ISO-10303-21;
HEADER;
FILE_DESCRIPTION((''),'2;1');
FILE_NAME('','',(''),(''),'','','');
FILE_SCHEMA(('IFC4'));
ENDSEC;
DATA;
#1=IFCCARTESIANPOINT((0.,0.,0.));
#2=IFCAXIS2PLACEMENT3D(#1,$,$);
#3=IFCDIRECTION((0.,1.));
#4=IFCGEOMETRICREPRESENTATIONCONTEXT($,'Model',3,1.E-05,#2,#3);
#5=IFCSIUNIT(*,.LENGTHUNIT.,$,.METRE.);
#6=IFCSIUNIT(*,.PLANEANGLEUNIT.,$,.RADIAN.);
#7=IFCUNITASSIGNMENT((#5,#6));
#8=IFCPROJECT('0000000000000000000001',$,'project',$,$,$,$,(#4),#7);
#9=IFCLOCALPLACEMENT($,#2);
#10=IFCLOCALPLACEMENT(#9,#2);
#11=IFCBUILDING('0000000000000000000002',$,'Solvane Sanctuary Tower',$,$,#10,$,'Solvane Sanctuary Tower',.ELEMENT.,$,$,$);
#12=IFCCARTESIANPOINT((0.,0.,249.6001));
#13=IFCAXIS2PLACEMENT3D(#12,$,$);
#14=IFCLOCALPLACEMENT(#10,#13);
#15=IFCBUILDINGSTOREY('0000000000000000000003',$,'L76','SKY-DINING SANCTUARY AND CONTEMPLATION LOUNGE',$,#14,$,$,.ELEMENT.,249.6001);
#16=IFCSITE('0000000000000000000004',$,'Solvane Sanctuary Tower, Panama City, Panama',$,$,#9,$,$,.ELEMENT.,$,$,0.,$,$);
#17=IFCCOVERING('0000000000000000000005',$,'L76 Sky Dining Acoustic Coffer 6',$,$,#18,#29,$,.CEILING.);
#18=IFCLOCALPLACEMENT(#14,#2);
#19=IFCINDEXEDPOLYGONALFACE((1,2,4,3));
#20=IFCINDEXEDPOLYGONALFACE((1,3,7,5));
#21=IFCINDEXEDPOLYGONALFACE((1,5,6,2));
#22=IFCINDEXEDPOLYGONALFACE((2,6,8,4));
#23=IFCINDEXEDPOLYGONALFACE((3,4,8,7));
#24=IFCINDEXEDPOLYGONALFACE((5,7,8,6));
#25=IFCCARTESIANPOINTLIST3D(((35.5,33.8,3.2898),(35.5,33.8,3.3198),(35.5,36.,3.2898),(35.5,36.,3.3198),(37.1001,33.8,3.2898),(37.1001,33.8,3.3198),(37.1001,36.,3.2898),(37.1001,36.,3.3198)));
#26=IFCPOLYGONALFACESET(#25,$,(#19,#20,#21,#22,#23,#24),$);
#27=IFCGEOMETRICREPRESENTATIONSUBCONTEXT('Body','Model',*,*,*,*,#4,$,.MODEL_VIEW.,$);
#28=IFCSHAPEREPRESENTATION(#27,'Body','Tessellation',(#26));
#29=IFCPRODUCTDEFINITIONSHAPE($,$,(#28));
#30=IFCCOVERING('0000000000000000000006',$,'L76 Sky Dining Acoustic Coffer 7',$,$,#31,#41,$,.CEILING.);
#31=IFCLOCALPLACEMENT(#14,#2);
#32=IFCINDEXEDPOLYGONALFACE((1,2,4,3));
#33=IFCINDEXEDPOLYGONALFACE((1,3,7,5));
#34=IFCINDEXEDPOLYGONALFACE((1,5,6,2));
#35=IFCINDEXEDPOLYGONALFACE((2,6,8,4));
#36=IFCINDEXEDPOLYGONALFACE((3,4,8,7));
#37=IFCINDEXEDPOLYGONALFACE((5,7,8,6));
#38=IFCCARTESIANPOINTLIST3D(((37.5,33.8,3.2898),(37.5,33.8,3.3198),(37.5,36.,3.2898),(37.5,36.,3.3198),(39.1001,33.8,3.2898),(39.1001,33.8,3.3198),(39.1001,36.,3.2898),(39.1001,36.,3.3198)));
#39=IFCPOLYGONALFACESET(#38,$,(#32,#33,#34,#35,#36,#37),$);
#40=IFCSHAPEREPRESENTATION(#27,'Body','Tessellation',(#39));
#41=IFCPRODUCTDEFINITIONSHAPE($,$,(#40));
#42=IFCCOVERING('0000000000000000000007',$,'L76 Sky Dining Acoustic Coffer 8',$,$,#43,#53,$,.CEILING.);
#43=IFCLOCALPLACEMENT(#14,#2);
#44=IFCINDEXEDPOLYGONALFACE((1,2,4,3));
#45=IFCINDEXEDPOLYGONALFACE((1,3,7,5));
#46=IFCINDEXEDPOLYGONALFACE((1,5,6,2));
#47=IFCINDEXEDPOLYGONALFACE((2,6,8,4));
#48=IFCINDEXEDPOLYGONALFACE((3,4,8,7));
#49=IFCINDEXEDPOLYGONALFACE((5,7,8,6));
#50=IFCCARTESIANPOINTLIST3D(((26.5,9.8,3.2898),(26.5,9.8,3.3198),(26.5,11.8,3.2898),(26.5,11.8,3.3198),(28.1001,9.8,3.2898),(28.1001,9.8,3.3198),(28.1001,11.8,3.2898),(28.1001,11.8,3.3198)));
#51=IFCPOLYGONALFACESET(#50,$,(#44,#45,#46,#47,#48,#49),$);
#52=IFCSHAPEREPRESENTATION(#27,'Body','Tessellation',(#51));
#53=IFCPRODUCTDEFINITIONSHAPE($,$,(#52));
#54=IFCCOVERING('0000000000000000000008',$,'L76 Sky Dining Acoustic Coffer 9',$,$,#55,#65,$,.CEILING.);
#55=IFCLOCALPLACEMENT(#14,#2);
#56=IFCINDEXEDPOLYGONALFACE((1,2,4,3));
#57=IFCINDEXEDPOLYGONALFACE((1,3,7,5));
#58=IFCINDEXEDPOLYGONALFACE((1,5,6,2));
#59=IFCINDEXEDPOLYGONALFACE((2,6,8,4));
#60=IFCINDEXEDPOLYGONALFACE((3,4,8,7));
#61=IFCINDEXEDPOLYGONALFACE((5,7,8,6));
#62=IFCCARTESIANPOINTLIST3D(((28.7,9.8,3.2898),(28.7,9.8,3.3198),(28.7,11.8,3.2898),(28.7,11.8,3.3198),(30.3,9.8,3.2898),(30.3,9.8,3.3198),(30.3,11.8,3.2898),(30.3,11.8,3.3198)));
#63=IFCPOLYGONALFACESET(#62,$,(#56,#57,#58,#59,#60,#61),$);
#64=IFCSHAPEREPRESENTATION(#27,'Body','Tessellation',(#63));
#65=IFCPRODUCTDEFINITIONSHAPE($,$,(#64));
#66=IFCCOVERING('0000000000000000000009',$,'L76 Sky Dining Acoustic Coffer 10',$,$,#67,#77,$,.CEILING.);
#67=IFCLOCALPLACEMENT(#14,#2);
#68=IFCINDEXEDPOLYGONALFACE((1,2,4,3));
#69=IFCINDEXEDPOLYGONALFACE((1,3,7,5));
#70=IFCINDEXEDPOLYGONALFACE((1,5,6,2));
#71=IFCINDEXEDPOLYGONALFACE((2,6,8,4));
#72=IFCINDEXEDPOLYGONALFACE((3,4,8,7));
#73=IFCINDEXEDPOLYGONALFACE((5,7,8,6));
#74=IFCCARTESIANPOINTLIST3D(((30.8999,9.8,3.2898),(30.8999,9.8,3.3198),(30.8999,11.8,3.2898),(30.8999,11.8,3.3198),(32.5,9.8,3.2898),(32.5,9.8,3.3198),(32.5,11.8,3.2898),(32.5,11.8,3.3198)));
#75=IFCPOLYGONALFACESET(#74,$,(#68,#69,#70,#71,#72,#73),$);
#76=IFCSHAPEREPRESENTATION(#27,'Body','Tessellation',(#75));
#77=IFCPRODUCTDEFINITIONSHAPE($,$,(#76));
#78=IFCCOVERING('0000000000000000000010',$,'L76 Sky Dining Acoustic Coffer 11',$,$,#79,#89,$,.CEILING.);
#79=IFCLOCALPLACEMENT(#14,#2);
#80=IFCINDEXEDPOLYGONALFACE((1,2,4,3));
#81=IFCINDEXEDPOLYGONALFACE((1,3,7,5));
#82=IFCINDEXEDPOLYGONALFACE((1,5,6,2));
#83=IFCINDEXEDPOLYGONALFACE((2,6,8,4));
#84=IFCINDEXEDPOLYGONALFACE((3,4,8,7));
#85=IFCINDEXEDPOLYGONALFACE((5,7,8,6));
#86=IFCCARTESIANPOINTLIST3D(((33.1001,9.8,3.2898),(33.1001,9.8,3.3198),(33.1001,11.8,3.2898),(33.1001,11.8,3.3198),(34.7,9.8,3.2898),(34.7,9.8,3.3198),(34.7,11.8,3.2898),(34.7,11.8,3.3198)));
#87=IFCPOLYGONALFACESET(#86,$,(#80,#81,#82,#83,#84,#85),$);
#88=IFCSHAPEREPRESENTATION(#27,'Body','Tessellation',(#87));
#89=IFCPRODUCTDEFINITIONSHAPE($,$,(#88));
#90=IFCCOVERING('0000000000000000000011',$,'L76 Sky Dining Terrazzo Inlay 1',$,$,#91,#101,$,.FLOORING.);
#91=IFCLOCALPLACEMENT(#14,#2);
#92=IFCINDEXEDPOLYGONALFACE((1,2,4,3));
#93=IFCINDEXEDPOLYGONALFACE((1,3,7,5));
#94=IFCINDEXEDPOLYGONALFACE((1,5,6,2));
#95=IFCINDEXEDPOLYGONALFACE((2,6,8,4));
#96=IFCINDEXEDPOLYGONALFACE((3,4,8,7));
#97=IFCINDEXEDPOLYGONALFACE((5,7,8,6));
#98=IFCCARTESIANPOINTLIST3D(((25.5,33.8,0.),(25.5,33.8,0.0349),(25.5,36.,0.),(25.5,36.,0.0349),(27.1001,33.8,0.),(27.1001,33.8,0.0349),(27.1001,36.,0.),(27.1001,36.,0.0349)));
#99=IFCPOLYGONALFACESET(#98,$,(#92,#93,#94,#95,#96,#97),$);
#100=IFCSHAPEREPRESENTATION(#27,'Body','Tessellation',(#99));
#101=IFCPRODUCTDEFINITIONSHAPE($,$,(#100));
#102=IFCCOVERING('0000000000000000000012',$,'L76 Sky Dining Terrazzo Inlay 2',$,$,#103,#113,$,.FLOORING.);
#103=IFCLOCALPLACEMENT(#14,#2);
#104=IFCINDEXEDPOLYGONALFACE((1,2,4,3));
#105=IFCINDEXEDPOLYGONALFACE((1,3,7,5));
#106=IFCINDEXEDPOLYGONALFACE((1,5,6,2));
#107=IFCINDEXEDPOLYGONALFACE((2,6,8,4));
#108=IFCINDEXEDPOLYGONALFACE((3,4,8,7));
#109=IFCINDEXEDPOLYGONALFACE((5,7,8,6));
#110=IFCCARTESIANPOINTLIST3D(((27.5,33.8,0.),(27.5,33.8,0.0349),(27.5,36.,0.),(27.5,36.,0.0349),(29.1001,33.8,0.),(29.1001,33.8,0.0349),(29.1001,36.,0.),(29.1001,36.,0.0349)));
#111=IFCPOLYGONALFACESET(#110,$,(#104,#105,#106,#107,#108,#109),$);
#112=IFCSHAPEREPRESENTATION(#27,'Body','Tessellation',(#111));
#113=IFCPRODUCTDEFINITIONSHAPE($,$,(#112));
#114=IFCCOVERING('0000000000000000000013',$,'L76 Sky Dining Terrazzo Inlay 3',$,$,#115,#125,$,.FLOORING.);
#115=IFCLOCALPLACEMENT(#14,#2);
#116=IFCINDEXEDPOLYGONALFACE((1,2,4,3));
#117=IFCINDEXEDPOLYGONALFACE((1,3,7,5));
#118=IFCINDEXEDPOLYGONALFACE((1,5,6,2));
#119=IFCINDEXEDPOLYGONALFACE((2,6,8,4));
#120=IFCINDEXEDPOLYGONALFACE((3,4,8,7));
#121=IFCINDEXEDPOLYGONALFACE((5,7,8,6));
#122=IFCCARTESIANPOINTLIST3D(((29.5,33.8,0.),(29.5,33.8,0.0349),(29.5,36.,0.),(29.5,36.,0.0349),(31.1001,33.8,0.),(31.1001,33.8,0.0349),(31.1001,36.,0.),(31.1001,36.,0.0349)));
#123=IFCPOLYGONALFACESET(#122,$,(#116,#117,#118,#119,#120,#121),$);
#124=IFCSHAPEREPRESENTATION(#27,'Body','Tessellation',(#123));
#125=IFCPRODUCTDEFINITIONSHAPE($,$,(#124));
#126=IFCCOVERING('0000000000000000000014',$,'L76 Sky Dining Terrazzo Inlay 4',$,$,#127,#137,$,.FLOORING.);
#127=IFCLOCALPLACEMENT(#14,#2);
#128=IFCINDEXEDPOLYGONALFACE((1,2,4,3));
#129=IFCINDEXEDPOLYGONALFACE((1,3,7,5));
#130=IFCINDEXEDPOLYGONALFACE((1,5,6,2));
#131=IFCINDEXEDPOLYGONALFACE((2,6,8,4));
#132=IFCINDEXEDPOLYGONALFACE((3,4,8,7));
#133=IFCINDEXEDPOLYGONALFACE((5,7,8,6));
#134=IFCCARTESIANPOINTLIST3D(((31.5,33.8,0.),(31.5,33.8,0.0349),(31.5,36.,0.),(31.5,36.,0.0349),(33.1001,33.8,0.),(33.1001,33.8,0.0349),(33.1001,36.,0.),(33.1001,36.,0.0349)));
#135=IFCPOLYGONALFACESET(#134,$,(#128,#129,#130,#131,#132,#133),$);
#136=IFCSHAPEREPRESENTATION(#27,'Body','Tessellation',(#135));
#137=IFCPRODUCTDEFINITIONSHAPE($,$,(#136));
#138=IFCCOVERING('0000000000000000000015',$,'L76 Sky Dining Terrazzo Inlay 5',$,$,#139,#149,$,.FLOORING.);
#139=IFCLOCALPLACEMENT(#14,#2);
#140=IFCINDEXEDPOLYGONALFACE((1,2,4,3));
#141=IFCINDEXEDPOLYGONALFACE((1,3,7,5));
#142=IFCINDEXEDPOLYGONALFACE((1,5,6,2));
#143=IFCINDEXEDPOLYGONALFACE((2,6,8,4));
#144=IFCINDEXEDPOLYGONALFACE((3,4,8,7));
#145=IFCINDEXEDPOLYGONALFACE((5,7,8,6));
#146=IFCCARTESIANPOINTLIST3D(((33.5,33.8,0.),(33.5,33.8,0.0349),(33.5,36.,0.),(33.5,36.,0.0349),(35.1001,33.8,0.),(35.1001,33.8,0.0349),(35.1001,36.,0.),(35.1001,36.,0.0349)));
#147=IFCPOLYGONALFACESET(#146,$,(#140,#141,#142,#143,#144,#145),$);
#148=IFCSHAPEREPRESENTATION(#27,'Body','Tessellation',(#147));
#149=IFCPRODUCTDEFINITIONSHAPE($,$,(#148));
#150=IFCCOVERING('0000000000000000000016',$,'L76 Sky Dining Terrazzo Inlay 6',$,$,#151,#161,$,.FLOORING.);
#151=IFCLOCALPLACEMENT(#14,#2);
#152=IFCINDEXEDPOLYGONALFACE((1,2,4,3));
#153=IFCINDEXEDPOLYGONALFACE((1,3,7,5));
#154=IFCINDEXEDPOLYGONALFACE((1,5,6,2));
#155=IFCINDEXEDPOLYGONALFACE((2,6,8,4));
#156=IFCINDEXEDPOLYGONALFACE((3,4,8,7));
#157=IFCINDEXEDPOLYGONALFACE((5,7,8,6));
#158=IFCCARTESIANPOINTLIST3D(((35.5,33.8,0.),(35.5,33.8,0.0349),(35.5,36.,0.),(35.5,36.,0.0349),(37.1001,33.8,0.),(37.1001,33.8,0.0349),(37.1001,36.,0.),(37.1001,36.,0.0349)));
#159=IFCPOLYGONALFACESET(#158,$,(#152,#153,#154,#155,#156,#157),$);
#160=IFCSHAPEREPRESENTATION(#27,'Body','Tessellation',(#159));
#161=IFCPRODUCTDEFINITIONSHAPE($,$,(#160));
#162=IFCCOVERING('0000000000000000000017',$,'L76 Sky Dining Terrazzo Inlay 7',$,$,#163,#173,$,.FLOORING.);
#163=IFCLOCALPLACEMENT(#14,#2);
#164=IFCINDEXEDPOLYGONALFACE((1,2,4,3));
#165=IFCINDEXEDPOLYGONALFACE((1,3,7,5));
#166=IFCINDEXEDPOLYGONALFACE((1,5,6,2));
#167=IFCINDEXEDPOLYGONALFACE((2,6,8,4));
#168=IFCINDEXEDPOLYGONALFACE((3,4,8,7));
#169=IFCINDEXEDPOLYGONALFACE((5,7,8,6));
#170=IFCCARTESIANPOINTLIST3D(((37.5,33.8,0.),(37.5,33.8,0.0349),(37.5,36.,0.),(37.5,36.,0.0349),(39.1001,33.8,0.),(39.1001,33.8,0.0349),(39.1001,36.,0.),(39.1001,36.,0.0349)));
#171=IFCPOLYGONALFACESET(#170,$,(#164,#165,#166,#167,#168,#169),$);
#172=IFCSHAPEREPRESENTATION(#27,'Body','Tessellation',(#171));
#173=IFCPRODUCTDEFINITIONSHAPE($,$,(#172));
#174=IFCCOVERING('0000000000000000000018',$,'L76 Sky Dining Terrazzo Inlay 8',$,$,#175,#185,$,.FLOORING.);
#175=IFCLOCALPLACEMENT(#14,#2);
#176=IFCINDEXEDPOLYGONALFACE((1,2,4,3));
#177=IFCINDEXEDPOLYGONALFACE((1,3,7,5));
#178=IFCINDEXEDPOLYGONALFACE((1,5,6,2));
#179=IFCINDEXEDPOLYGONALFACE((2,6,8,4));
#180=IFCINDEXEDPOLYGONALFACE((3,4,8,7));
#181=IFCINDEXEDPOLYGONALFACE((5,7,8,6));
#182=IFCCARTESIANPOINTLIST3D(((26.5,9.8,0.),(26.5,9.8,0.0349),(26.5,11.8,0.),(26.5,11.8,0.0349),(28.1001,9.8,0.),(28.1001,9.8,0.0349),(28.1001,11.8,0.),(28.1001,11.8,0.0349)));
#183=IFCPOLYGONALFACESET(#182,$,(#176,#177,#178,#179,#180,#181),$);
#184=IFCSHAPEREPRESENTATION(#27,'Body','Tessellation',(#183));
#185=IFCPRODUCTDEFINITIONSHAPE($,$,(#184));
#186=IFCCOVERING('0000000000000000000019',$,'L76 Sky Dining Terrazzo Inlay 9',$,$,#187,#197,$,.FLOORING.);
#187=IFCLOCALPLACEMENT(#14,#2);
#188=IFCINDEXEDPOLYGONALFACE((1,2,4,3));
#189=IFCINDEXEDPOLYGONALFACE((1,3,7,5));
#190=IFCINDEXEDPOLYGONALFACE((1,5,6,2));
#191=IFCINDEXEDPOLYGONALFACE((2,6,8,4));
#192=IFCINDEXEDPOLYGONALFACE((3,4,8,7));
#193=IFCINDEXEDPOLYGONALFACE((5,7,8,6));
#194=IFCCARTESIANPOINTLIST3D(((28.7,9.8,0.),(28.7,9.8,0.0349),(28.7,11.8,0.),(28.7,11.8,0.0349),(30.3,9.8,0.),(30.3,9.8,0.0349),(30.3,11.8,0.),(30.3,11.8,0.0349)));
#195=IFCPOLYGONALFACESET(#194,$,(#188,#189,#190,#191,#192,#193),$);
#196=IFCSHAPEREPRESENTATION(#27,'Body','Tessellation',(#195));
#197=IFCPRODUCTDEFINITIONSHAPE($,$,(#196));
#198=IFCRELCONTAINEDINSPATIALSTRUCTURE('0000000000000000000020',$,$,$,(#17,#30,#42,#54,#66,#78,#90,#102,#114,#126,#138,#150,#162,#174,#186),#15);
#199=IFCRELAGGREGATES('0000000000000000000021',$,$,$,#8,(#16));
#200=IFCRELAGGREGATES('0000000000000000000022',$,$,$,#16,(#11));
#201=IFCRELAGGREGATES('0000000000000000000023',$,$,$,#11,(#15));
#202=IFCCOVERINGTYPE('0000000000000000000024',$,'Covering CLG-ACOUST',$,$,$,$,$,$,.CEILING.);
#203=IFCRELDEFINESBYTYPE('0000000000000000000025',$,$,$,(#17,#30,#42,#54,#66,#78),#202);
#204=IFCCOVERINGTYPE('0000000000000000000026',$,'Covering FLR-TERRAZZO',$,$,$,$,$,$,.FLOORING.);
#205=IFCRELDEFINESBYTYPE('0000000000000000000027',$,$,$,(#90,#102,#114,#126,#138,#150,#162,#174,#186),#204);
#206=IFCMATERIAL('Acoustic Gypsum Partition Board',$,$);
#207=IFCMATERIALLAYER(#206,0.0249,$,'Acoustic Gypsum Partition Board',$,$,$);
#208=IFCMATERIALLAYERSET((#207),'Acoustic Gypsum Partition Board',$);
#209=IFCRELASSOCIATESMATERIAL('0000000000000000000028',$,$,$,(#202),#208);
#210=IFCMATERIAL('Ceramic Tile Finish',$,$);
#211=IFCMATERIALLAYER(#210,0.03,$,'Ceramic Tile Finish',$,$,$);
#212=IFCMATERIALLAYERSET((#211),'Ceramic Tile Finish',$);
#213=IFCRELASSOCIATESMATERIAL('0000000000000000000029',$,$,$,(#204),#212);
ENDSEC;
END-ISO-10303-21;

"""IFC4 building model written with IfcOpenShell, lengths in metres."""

from ifc_helpers import new_model, si_unit, direction, frame, origin, place, context, subcontext, project, spatial, polyline, outline, extrude, material, layer, layer_set, type_object, element, save


model = new_model("IFC4")

# Units and contexts
model_context = context("Model", 3, precision=1e-05, world=origin(), true_north=direction((0.0, 1.0)))
body_context = subcontext(model_context, "Body", "Model", "MODEL_VIEW")
ifc_project = project(units=[si_unit("LENGTHUNIT", "METRE"), si_unit("PLANEANGLEUNIT", "RADIAN")], contexts=[model_context])

# Site, building, storey
site_placement = place(None, origin())
site = spatial("IfcSite", under=ifc_project, at=site_placement, Name="Solvane Sanctuary Tower, Panama City, Panama", CompositionType="ELEMENT", RefElevation=0.0)
building_placement = place(site_placement, origin())
building = spatial("IfcBuilding", under=site, at=building_placement, Name="Solvane Sanctuary Tower", LongName="Solvane Sanctuary Tower", CompositionType="ELEMENT")
storey_placement = place(building_placement, frame((0.0, 0.0, 249.6001)))
storey = spatial("IfcBuildingStorey", under=building, at=storey_placement, Name="L76", Description="SKY-DINING SANCTUARY AND CONTEMPLATION LOUNGE", CompositionType="ELEMENT", Elevation=249.6001)

# Coverings
ifc_material_1 = material(Name="Acoustic Gypsum Partition Board")
ifc_layer_1 = layer(ifc_material_1, 0.0249, Name="Acoustic Gypsum Partition Board")
ifc_layer_set_1 = layer_set([ifc_layer_1], Name="Acoustic Gypsum Partition Board")
covering_type_1 = type_object("IfcCoveringType", Name="Covering CLG-ACOUST", PredefinedType="CEILING", material=ifc_layer_set_1)
covering_1_placement = place(storey_placement, frame((0.0, 0.0, 3.2898)))
element("IfcCovering", 1, at=covering_1_placement, inside=storey, type_object=covering_type_1, Name="L76 Sky Dining Acoustic Coffer 6", PredefinedType="CEILING", context=body_context, shape_type="SweptSolid", body=[
    extrude(outline(polyline([(35.5, 33.8), (37.1001, 33.8), (37.1001, 36.0), (35.5, 36.0), (35.5, 33.8)])), origin(), (0.0, 0.0, 1.0), 0.03),
])
covering_2_placement = place(storey_placement, frame((0.0, 0.0, 3.2898)))
element("IfcCovering", 2, at=covering_2_placement, inside=storey, type_object=covering_type_1, Name="L76 Sky Dining Acoustic Coffer 7", PredefinedType="CEILING", context=body_context, shape_type="SweptSolid", body=[
    extrude(outline(polyline([(37.5, 33.8), (39.1001, 33.8), (39.1001, 36.0), (37.5, 36.0), (37.5, 33.8)])), origin(), (0.0, 0.0, 1.0), 0.03),
])
covering_3_placement = place(storey_placement, frame((0.0, 0.0, 3.2898)))
element("IfcCovering", 3, at=covering_3_placement, inside=storey, type_object=covering_type_1, Name="L76 Sky Dining Acoustic Coffer 8", PredefinedType="CEILING", context=body_context, shape_type="SweptSolid", body=[
    extrude(outline(polyline([(26.5, 9.8), (28.1001, 9.8), (28.1001, 11.8), (26.5, 11.8), (26.5, 9.8)])), origin(), (0.0, 0.0, 1.0), 0.03),
])
covering_4_placement = place(storey_placement, frame((0.0, 0.0, 3.2898)))
element("IfcCovering", 4, at=covering_4_placement, inside=storey, type_object=covering_type_1, Name="L76 Sky Dining Acoustic Coffer 9", PredefinedType="CEILING", context=body_context, shape_type="SweptSolid", body=[
    extrude(outline(polyline([(28.7, 9.8), (30.3, 9.8), (30.3, 11.8), (28.7, 11.8), (28.7, 9.8)])), origin(), (0.0, 0.0, 1.0), 0.03),
])
covering_5_placement = place(storey_placement, frame((0.0, 0.0, 3.2898)))
element("IfcCovering", 5, at=covering_5_placement, inside=storey, type_object=covering_type_1, Name="L76 Sky Dining Acoustic Coffer 10", PredefinedType="CEILING", context=body_context, shape_type="SweptSolid", body=[
    extrude(outline(polyline([(30.8999, 9.8), (32.5, 9.8), (32.5, 11.8), (30.8999, 11.8), (30.8999, 9.8)])), origin(), (0.0, 0.0, 1.0), 0.03),
])
covering_6_placement = place(storey_placement, frame((0.0, 0.0, 3.2898)))
element("IfcCovering", 6, at=covering_6_placement, inside=storey, type_object=covering_type_1, Name="L76 Sky Dining Acoustic Coffer 11", PredefinedType="CEILING", context=body_context, shape_type="SweptSolid", body=[
    extrude(outline(polyline([(33.1001, 9.8), (34.7, 9.8), (34.7, 11.8), (33.1001, 11.8), (33.1001, 9.8)])), origin(), (0.0, 0.0, 1.0), 0.03),
])
ifc_material_2 = material(Name="Ceramic Tile Finish")
ifc_layer_2 = layer(ifc_material_2, 0.03, Name="Ceramic Tile Finish")
ifc_layer_set_2 = layer_set([ifc_layer_2], Name="Ceramic Tile Finish")
covering_type_2 = type_object("IfcCoveringType", Name="Covering FLR-TERRAZZO", PredefinedType="FLOORING", material=ifc_layer_set_2)
covering_7_placement = place(storey_placement, origin())
element("IfcCovering", 7, at=covering_7_placement, inside=storey, type_object=covering_type_2, Name="L76 Sky Dining Terrazzo Inlay 1", PredefinedType="FLOORING", context=body_context, shape_type="SweptSolid", body=[
    extrude(outline(polyline([(25.5, 33.8), (27.1001, 33.8), (27.1001, 36.0), (25.5, 36.0), (25.5, 33.8)])), origin(), (0.0, 0.0, 1.0), 0.0349),
])
covering_8_placement = place(storey_placement, origin())
element("IfcCovering", 8, at=covering_8_placement, inside=storey, type_object=covering_type_2, Name="L76 Sky Dining Terrazzo Inlay 2", PredefinedType="FLOORING", context=body_context, shape_type="SweptSolid", body=[
    extrude(outline(polyline([(27.5, 33.8), (29.1001, 33.8), (29.1001, 36.0), (27.5, 36.0), (27.5, 33.8)])), origin(), (0.0, 0.0, 1.0), 0.0349),
])
covering_9_placement = place(storey_placement, origin())
element("IfcCovering", 9, at=covering_9_placement, inside=storey, type_object=covering_type_2, Name="L76 Sky Dining Terrazzo Inlay 3", PredefinedType="FLOORING", context=body_context, shape_type="SweptSolid", body=[
    extrude(outline(polyline([(29.5, 33.8), (31.1001, 33.8), (31.1001, 36.0), (29.5, 36.0), (29.5, 33.8)])), origin(), (0.0, 0.0, 1.0), 0.0349),
])
covering_10_placement = place(storey_placement, origin())
element("IfcCovering", 10, at=covering_10_placement, inside=storey, type_object=covering_type_2, Name="L76 Sky Dining Terrazzo Inlay 4", PredefinedType="FLOORING", context=body_context, shape_type="SweptSolid", body=[
    extrude(outline(polyline([(31.5, 33.8), (33.1001, 33.8), (33.1001, 36.0), (31.5, 36.0), (31.5, 33.8)])), origin(), (0.0, 0.0, 1.0), 0.0349),
])
covering_11_placement = place(storey_placement, origin())
element("IfcCovering", 11, at=covering_11_placement, inside=storey, type_object=covering_type_2, Name="L76 Sky Dining Terrazzo Inlay 5", PredefinedType="FLOORING", context=body_context, shape_type="SweptSolid", body=[
    extrude(outline(polyline([(33.5, 33.8), (35.1001, 33.8), (35.1001, 36.0), (33.5, 36.0), (33.5, 33.8)])), origin(), (0.0, 0.0, 1.0), 0.0349),
])
covering_12_placement = place(storey_placement, origin())
element("IfcCovering", 12, at=covering_12_placement, inside=storey, type_object=covering_type_2, Name="L76 Sky Dining Terrazzo Inlay 6", PredefinedType="FLOORING", context=body_context, shape_type="SweptSolid", body=[
    extrude(outline(polyline([(35.5, 33.8), (37.1001, 33.8), (37.1001, 36.0), (35.5, 36.0), (35.5, 33.8)])), origin(), (0.0, 0.0, 1.0), 0.0349),
])
covering_13_placement = place(storey_placement, origin())
element("IfcCovering", 13, at=covering_13_placement, inside=storey, type_object=covering_type_2, Name="L76 Sky Dining Terrazzo Inlay 7", PredefinedType="FLOORING", context=body_context, shape_type="SweptSolid", body=[
    extrude(outline(polyline([(37.5, 33.8), (39.1001, 33.8), (39.1001, 36.0), (37.5, 36.0), (37.5, 33.8)])), origin(), (0.0, 0.0, 1.0), 0.0349),
])
covering_14_placement = place(storey_placement, origin())
element("IfcCovering", 14, at=covering_14_placement, inside=storey, type_object=covering_type_2, Name="L76 Sky Dining Terrazzo Inlay 8", PredefinedType="FLOORING", context=body_context, shape_type="SweptSolid", body=[
    extrude(outline(polyline([(26.5, 9.8), (28.1001, 9.8), (28.1001, 11.8), (26.5, 11.8), (26.5, 9.8)])), origin(), (0.0, 0.0, 1.0), 0.0349),
])
covering_15_placement = place(storey_placement, origin())
element("IfcCovering", 15, at=covering_15_placement, inside=storey, type_object=covering_type_2, Name="L76 Sky Dining Terrazzo Inlay 9", PredefinedType="FLOORING", context=body_context, shape_type="SweptSolid", body=[
    extrude(outline(polyline([(28.7, 9.8), (30.3, 9.8), (30.3, 11.8), (28.7, 11.8), (28.7, 9.8)])), origin(), (0.0, 0.0, 1.0), 0.0349),
])

save(model, "model.ifc")
